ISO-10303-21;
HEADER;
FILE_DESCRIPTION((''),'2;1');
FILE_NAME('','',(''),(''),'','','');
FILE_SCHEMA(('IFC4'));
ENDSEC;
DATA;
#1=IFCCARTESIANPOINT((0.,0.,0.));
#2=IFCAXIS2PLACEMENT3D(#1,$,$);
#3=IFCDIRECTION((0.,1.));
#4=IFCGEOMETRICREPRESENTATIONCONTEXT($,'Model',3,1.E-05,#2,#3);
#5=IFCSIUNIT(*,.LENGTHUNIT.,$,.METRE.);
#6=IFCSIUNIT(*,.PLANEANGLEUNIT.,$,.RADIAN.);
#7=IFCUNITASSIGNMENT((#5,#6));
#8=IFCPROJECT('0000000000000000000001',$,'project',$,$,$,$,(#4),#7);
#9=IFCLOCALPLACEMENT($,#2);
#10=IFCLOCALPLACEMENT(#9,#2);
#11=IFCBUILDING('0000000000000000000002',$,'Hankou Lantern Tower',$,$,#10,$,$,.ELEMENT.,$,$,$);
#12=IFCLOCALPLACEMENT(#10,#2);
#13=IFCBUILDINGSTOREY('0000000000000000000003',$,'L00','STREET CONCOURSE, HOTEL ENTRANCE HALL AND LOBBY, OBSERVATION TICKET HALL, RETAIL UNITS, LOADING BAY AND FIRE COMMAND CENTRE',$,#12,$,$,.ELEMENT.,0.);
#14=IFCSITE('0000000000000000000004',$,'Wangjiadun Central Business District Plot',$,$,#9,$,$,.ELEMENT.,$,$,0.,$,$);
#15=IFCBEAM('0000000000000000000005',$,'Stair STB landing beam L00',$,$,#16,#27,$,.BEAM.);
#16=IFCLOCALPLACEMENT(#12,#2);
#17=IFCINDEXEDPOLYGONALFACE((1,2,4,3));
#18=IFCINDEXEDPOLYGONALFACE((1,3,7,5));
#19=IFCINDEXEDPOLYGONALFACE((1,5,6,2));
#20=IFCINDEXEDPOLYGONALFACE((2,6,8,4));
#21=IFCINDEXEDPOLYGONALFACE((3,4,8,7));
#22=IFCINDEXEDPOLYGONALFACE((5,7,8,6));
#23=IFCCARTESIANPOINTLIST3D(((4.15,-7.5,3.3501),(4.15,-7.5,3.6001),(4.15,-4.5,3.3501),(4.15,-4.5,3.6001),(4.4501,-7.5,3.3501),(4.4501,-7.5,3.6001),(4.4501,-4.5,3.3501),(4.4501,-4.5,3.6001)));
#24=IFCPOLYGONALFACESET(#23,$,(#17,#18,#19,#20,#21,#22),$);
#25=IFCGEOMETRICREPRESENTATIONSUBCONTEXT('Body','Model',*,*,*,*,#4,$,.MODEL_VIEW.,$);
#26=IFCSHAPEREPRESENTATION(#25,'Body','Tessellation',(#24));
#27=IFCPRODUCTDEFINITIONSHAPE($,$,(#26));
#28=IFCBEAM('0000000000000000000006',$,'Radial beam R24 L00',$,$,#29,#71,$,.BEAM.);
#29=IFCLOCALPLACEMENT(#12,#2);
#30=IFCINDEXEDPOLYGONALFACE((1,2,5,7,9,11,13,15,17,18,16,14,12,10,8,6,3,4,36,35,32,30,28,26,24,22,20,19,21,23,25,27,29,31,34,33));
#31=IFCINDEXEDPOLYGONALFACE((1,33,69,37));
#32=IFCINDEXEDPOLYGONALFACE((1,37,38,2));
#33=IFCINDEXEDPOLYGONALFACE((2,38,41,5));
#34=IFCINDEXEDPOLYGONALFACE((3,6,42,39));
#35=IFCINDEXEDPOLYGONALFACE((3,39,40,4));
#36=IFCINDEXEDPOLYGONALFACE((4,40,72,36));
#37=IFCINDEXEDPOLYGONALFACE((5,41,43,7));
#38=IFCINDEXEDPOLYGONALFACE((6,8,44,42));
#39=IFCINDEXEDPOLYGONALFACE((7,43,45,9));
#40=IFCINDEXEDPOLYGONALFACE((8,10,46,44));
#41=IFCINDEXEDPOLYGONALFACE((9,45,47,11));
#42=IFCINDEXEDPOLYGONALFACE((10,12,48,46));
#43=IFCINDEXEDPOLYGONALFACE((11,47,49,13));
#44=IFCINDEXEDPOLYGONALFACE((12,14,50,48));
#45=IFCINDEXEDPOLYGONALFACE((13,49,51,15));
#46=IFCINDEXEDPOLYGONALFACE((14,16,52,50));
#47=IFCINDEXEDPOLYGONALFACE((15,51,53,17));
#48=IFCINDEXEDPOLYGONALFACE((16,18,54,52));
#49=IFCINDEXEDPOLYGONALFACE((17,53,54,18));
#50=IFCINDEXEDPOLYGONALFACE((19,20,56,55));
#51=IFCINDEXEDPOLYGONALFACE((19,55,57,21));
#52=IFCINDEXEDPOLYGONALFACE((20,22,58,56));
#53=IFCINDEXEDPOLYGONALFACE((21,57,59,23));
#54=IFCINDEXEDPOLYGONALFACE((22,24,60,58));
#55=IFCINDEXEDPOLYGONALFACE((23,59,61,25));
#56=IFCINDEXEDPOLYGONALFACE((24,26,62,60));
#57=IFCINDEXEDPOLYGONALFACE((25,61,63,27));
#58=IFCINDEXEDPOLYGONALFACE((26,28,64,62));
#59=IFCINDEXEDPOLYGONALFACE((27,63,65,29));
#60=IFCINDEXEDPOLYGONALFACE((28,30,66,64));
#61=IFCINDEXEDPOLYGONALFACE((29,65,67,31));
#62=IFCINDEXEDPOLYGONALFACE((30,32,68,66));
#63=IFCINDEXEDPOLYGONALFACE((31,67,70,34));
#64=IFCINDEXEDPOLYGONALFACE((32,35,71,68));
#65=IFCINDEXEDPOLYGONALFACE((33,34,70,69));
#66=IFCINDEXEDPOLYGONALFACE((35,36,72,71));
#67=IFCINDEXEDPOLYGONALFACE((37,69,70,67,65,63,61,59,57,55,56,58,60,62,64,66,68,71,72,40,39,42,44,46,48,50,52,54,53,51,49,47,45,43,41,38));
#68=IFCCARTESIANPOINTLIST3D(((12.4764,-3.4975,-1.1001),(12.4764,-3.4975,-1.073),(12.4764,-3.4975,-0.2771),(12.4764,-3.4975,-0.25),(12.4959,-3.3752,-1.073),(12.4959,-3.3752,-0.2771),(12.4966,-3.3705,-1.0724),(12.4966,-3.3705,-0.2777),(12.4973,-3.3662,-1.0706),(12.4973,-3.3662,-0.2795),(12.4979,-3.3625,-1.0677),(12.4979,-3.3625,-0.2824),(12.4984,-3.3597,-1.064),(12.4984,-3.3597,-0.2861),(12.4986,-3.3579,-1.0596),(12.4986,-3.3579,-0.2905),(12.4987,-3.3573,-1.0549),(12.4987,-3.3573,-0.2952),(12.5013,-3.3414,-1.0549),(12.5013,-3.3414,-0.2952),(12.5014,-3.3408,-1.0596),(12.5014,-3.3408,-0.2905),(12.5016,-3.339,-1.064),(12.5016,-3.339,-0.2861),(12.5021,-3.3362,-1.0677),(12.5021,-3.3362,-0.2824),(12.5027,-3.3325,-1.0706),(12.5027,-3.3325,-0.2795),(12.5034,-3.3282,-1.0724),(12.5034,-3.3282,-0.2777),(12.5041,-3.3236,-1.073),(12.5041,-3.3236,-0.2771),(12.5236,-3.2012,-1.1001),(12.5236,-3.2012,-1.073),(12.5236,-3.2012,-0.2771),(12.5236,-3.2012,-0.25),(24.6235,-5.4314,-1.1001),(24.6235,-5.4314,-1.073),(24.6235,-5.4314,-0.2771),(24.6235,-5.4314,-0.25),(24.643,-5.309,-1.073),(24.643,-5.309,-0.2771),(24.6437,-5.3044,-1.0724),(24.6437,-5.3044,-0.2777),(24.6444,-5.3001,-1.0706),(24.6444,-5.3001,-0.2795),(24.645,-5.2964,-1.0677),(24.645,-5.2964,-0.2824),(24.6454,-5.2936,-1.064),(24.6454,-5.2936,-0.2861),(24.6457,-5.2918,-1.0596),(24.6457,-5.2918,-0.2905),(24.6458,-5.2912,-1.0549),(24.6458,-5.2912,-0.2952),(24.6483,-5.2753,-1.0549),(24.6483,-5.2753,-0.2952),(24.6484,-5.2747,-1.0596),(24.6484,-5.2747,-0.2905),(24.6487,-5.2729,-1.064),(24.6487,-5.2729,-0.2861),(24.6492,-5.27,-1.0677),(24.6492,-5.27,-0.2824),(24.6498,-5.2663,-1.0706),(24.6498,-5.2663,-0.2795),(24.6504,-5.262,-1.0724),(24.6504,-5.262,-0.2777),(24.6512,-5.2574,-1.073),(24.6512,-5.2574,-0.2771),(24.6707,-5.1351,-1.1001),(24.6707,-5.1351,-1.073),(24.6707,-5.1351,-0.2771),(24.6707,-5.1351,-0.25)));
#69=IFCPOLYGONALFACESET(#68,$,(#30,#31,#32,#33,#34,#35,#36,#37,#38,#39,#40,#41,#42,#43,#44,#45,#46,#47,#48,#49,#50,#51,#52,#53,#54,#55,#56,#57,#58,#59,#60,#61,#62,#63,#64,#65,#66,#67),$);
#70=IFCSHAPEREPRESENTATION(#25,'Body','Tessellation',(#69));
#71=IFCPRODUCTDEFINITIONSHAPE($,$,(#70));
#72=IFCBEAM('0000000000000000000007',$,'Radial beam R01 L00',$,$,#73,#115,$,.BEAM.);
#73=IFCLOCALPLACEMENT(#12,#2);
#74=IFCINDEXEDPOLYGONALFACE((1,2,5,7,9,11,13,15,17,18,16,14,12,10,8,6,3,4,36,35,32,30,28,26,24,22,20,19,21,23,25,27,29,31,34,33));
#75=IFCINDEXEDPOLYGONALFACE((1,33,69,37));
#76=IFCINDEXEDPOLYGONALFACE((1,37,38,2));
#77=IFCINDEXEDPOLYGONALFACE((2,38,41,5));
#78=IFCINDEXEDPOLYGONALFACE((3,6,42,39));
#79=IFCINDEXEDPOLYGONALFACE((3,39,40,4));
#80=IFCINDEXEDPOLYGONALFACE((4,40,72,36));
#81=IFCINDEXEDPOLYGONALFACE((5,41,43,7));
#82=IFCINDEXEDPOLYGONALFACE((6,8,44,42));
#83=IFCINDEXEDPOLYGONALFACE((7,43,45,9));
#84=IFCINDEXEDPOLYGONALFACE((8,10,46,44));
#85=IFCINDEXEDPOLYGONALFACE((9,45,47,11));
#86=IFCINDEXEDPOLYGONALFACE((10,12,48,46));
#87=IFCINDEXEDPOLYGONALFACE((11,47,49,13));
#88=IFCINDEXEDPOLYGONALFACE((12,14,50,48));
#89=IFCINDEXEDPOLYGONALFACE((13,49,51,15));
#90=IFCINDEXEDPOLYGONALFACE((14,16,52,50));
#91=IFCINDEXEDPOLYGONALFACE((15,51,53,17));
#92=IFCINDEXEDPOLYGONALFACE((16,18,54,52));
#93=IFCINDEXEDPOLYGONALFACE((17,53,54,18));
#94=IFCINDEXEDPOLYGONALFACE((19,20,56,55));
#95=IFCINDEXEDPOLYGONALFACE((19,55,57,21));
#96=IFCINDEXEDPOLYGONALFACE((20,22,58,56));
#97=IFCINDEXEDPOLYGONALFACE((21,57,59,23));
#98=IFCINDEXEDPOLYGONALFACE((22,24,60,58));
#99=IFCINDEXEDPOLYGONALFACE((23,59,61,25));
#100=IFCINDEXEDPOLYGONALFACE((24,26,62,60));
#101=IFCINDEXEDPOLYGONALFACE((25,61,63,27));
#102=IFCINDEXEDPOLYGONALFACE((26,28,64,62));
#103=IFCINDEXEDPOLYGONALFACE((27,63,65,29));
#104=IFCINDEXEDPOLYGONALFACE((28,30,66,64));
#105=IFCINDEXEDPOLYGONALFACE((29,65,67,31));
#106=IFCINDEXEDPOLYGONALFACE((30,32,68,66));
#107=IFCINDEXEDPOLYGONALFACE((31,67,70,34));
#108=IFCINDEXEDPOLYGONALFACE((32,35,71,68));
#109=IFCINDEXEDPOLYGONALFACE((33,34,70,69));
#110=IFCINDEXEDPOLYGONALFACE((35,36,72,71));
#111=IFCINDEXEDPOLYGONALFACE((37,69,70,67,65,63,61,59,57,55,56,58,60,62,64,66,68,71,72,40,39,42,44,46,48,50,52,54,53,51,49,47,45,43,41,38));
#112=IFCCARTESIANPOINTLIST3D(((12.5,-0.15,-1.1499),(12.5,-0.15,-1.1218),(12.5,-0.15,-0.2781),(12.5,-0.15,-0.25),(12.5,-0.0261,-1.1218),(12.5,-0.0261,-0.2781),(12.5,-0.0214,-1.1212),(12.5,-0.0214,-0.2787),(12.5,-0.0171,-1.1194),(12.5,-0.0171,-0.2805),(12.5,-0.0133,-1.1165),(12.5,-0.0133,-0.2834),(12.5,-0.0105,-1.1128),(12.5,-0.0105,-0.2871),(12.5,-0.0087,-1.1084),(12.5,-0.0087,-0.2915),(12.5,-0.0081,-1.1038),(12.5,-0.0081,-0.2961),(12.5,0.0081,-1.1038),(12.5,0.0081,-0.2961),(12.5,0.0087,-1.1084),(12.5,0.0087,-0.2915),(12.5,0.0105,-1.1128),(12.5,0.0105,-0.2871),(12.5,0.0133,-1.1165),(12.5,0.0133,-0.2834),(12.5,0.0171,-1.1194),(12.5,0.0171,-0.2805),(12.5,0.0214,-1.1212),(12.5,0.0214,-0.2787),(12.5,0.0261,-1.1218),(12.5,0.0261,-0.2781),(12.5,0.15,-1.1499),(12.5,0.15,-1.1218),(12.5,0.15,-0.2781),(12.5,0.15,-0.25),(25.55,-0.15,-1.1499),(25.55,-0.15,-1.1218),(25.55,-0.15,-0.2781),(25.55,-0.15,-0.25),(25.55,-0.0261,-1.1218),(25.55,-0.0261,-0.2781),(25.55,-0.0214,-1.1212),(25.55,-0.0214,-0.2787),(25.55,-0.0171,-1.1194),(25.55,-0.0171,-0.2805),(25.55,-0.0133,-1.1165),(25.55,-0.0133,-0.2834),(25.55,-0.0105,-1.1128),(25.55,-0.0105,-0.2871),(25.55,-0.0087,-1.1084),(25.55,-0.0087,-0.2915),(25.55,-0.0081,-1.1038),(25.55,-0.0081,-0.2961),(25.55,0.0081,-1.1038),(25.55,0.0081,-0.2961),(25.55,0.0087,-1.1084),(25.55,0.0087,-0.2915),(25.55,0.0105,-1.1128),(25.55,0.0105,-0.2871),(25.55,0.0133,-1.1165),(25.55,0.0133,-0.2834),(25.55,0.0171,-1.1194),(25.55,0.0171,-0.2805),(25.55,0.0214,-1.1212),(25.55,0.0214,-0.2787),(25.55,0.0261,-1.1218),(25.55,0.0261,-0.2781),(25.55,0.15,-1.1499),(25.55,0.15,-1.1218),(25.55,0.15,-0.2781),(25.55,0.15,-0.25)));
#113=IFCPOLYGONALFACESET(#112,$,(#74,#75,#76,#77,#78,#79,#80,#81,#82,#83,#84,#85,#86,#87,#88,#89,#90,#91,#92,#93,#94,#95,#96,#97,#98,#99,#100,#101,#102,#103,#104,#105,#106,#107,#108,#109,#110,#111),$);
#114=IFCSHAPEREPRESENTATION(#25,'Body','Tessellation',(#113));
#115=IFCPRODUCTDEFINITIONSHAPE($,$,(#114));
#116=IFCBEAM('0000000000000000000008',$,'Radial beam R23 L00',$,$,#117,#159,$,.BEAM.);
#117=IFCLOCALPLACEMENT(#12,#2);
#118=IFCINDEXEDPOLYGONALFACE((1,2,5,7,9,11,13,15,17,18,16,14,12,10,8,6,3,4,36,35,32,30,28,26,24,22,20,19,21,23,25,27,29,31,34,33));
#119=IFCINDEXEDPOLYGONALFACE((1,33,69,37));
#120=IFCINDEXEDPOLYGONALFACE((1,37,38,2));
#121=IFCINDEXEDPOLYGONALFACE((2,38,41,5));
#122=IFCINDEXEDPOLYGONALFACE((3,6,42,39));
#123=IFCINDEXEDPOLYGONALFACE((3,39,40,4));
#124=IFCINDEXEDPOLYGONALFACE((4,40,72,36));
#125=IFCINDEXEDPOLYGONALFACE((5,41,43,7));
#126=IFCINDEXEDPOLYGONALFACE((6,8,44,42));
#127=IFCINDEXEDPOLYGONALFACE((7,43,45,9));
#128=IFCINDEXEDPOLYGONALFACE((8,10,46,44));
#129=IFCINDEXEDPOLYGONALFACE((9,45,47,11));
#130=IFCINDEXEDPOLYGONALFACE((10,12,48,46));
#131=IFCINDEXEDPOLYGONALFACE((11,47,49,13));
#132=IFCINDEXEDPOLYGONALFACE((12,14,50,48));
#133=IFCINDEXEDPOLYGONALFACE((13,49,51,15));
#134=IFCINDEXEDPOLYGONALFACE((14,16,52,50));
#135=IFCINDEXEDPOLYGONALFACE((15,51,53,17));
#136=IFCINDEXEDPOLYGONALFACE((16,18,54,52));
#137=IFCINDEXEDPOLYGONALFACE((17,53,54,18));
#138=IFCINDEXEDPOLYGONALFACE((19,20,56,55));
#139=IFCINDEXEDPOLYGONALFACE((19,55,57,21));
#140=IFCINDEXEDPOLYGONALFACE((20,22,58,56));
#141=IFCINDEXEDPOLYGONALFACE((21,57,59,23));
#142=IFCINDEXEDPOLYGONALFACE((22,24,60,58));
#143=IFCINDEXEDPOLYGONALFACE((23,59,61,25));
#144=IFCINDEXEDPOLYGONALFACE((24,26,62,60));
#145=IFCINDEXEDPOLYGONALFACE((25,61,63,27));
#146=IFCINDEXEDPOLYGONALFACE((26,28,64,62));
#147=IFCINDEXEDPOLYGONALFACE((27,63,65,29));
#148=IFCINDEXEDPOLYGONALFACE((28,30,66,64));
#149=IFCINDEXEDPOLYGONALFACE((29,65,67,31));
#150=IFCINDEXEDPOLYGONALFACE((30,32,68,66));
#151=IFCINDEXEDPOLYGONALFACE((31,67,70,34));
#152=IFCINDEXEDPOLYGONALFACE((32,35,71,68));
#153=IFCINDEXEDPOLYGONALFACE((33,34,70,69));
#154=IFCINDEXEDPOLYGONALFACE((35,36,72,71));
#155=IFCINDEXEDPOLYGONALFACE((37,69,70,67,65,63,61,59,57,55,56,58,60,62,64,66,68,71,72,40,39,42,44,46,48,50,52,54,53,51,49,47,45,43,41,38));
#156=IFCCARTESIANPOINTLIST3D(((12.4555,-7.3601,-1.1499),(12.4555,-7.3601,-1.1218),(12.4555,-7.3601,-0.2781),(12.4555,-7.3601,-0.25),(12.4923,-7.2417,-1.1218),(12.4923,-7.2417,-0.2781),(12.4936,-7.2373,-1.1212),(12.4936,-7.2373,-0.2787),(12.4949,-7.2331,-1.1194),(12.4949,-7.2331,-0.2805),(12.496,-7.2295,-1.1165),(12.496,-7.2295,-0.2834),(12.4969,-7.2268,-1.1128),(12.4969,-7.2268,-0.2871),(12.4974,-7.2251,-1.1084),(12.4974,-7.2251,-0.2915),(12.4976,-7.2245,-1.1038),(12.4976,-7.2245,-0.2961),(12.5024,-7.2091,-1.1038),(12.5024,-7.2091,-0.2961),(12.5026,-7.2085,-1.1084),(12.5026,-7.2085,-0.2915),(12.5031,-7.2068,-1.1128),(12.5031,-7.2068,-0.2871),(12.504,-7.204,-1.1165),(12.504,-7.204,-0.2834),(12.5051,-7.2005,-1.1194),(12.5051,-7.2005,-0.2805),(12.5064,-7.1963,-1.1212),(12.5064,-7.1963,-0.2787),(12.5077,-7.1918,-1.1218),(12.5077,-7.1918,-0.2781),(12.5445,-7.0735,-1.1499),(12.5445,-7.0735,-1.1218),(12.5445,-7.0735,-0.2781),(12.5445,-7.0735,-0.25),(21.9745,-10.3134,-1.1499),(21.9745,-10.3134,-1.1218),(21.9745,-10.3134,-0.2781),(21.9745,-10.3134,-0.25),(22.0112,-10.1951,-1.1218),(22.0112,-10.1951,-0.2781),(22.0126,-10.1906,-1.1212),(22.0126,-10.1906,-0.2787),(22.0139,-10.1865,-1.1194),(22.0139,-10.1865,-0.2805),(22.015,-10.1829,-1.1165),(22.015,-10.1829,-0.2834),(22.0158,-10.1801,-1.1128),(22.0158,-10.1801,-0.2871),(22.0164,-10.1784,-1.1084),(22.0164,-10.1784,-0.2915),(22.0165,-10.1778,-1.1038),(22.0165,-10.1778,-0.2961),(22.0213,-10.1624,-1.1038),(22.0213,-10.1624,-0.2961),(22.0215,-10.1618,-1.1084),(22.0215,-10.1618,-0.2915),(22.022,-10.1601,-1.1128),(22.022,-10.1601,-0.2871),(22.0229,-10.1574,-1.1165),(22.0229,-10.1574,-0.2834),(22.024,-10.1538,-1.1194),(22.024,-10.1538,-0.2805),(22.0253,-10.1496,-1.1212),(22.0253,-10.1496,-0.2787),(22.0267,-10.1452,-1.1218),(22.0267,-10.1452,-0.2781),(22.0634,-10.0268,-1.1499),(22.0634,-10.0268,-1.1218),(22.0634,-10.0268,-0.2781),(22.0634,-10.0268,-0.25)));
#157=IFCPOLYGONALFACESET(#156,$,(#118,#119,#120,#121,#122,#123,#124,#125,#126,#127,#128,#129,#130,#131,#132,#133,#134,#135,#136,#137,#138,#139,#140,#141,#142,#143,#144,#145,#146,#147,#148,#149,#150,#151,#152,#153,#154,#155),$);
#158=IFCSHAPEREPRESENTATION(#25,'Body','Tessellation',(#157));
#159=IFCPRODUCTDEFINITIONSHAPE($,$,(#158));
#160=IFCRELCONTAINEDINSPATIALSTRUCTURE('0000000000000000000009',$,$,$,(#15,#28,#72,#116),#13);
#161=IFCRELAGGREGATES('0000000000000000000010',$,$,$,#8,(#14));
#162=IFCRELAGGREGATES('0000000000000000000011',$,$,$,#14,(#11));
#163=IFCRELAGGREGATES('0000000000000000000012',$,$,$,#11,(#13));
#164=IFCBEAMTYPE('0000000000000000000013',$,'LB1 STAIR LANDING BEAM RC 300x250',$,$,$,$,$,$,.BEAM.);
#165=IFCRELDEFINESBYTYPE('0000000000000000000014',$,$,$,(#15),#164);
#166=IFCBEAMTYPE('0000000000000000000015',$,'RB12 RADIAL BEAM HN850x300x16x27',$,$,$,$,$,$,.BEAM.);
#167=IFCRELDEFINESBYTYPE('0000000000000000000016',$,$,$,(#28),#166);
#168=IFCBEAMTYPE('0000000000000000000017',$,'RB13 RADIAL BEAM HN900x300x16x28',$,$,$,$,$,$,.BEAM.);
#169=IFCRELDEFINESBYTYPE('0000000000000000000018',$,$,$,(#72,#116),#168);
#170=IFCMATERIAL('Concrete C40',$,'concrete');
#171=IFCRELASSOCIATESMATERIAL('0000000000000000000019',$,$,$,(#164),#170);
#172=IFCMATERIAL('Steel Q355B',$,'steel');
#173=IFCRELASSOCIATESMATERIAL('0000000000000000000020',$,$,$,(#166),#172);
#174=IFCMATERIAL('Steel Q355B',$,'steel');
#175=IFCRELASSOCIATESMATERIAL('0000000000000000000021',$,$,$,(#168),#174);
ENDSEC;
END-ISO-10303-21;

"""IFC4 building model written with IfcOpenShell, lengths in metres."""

from ifc_helpers import new_model, si_unit, direction, frame, origin, origin_2d, place, context, subcontext, project, spatial, rectangle, i_section, extrude, material, material_profile, profile_set, type_object, element, save


model = new_model("IFC4")

# Units and contexts
model_context = context("Model", 3, precision=1e-05, world=origin(), true_north=direction((0.0, 1.0)))
body_context = subcontext(model_context, "Body", "Model", "MODEL_VIEW")
ifc_project = project(units=[si_unit("LENGTHUNIT", "METRE"), si_unit("PLANEANGLEUNIT", "RADIAN")], contexts=[model_context])

# Site, building, storey
site_placement = place(None, origin())
site = spatial("IfcSite", under=ifc_project, at=site_placement, Name="Wangjiadun Central Business District Plot", CompositionType="ELEMENT", RefElevation=0.0)
building_placement = place(site_placement, origin())
building = spatial("IfcBuilding", under=site, at=building_placement, Name="Hankou Lantern Tower", CompositionType="ELEMENT")
storey_placement = place(building_placement, origin())
storey = spatial("IfcBuildingStorey", under=building, at=storey_placement, Name="L00", Description="STREET CONCOURSE, HOTEL ENTRANCE HALL AND LOBBY, OBSERVATION TICKET HALL, RETAIL UNITS, LOADING BAY AND FIRE COMMAND CENTRE", CompositionType="ELEMENT", Elevation=0.0)

# Beams
ifc_material_1 = material(Name="Concrete C40", Category="concrete")
ifc_material_profile_1 = material_profile(ifc_material_1, rectangle(XDim=0.3, YDim=0.25, at=origin_2d()), Name="RC 300x250")
ifc_profile_set_1 = profile_set([ifc_material_profile_1], Name="Concrete C40")
beam_type_1 = type_object("IfcBeamType", Name="LB1 STAIR LANDING BEAM RC 300x250", PredefinedType="BEAM", material=ifc_profile_set_1)
beam_1_placement = place(storey_placement, frame((4.3, -4.5, 3.4751), z_axis=(0.0, -1.0, 0.0), x_axis=(1.0, 0.0, 0.0)))
element("IfcBeam", 1, at=beam_1_placement, inside=storey, type_object=beam_type_1, Name="Stair STB landing beam L00", PredefinedType="BEAM", context=body_context, shape_type="SweptSolid", body=[
    extrude(rectangle(XDim=0.3, YDim=0.25, at=origin_2d()), origin(), (0.0, 0.0, 1.0), 3.0),
])
ifc_material_2 = material(Name="Steel Q355B", Category="steel")
ifc_material_profile_2 = material_profile(ifc_material_2, i_section(OverallWidth=0.3, OverallDepth=0.8501, WebThickness=0.0161, FlangeThickness=0.0271, FilletRadius=0.0181, at=origin_2d()), Name="HN850x300x16x27")
ifc_profile_set_2 = profile_set([ifc_material_profile_2], Name="Steel Q355B")
beam_type_2 = type_object("IfcBeamType", Name="RB12 RADIAL BEAM HN850x300x16x27", PredefinedType="BEAM", material=ifc_profile_set_2)
beam_2_placement = place(storey_placement, frame((12.5, -3.3494, -0.675), z_axis=(0.987563, -0.157223, 0.0), x_axis=(0.157223, 0.987563, 0.0)))
element("IfcBeam", 2, at=beam_2_placement, inside=storey, type_object=beam_type_2, Name="Radial beam R24 L00", PredefinedType="BEAM", context=body_context, shape_type="SweptSolid", body=[
    extrude(i_section(OverallWidth=0.3, OverallDepth=0.8501, WebThickness=0.0161, FlangeThickness=0.0271, FilletRadius=0.0181, at=origin_2d()), origin(), (0.0, 0.0, 1.0), 12.3),
])
ifc_material_3 = material(Name="Steel Q355B", Category="steel")
ifc_material_profile_3 = material_profile(ifc_material_3, i_section(OverallWidth=0.3, OverallDepth=0.8999, WebThickness=0.0161, FlangeThickness=0.0281, FilletRadius=0.0181, at=origin_2d()), Name="HN900x300x16x28")
ifc_profile_set_3 = profile_set([ifc_material_profile_3], Name="Steel Q355B")
beam_type_3 = type_object("IfcBeamType", Name="RB13 RADIAL BEAM HN900x300x16x28", PredefinedType="BEAM", material=ifc_profile_set_3)
beam_3_placement = place(storey_placement, frame((12.5, 0.0, -0.7), z_axis=(1.0, 0.0, 0.0), x_axis=(0.0, 1.0, 0.0)))
element("IfcBeam", 3, at=beam_3_placement, inside=storey, type_object=beam_type_3, Name="Radial beam R01 L00", PredefinedType="BEAM", context=body_context, shape_type="SweptSolid", body=[
    extrude(i_section(OverallWidth=0.3, OverallDepth=0.8999, WebThickness=0.0161, FlangeThickness=0.0281, FilletRadius=0.0181, at=origin_2d()), origin(), (0.0, 0.0, 1.0), 13.05),
])
beam_4_placement = place(storey_placement, frame((12.5, -7.2168, -0.7), z_axis=(0.955087, -0.296324, 0.0), x_axis=(0.296324, 0.955087, 0.0)))
element("IfcBeam", 4, at=beam_4_placement, inside=storey, type_object=beam_type_3, Name="Radial beam R23 L00", PredefinedType="BEAM", context=body_context, shape_type="SweptSolid", body=[
    extrude(i_section(OverallWidth=0.3, OverallDepth=0.8999, WebThickness=0.0161, FlangeThickness=0.0281, FilletRadius=0.0181, at=origin_2d()), origin(), (0.0, 0.0, 1.0), 9.9666),
])

save(model, "model.ifc")
